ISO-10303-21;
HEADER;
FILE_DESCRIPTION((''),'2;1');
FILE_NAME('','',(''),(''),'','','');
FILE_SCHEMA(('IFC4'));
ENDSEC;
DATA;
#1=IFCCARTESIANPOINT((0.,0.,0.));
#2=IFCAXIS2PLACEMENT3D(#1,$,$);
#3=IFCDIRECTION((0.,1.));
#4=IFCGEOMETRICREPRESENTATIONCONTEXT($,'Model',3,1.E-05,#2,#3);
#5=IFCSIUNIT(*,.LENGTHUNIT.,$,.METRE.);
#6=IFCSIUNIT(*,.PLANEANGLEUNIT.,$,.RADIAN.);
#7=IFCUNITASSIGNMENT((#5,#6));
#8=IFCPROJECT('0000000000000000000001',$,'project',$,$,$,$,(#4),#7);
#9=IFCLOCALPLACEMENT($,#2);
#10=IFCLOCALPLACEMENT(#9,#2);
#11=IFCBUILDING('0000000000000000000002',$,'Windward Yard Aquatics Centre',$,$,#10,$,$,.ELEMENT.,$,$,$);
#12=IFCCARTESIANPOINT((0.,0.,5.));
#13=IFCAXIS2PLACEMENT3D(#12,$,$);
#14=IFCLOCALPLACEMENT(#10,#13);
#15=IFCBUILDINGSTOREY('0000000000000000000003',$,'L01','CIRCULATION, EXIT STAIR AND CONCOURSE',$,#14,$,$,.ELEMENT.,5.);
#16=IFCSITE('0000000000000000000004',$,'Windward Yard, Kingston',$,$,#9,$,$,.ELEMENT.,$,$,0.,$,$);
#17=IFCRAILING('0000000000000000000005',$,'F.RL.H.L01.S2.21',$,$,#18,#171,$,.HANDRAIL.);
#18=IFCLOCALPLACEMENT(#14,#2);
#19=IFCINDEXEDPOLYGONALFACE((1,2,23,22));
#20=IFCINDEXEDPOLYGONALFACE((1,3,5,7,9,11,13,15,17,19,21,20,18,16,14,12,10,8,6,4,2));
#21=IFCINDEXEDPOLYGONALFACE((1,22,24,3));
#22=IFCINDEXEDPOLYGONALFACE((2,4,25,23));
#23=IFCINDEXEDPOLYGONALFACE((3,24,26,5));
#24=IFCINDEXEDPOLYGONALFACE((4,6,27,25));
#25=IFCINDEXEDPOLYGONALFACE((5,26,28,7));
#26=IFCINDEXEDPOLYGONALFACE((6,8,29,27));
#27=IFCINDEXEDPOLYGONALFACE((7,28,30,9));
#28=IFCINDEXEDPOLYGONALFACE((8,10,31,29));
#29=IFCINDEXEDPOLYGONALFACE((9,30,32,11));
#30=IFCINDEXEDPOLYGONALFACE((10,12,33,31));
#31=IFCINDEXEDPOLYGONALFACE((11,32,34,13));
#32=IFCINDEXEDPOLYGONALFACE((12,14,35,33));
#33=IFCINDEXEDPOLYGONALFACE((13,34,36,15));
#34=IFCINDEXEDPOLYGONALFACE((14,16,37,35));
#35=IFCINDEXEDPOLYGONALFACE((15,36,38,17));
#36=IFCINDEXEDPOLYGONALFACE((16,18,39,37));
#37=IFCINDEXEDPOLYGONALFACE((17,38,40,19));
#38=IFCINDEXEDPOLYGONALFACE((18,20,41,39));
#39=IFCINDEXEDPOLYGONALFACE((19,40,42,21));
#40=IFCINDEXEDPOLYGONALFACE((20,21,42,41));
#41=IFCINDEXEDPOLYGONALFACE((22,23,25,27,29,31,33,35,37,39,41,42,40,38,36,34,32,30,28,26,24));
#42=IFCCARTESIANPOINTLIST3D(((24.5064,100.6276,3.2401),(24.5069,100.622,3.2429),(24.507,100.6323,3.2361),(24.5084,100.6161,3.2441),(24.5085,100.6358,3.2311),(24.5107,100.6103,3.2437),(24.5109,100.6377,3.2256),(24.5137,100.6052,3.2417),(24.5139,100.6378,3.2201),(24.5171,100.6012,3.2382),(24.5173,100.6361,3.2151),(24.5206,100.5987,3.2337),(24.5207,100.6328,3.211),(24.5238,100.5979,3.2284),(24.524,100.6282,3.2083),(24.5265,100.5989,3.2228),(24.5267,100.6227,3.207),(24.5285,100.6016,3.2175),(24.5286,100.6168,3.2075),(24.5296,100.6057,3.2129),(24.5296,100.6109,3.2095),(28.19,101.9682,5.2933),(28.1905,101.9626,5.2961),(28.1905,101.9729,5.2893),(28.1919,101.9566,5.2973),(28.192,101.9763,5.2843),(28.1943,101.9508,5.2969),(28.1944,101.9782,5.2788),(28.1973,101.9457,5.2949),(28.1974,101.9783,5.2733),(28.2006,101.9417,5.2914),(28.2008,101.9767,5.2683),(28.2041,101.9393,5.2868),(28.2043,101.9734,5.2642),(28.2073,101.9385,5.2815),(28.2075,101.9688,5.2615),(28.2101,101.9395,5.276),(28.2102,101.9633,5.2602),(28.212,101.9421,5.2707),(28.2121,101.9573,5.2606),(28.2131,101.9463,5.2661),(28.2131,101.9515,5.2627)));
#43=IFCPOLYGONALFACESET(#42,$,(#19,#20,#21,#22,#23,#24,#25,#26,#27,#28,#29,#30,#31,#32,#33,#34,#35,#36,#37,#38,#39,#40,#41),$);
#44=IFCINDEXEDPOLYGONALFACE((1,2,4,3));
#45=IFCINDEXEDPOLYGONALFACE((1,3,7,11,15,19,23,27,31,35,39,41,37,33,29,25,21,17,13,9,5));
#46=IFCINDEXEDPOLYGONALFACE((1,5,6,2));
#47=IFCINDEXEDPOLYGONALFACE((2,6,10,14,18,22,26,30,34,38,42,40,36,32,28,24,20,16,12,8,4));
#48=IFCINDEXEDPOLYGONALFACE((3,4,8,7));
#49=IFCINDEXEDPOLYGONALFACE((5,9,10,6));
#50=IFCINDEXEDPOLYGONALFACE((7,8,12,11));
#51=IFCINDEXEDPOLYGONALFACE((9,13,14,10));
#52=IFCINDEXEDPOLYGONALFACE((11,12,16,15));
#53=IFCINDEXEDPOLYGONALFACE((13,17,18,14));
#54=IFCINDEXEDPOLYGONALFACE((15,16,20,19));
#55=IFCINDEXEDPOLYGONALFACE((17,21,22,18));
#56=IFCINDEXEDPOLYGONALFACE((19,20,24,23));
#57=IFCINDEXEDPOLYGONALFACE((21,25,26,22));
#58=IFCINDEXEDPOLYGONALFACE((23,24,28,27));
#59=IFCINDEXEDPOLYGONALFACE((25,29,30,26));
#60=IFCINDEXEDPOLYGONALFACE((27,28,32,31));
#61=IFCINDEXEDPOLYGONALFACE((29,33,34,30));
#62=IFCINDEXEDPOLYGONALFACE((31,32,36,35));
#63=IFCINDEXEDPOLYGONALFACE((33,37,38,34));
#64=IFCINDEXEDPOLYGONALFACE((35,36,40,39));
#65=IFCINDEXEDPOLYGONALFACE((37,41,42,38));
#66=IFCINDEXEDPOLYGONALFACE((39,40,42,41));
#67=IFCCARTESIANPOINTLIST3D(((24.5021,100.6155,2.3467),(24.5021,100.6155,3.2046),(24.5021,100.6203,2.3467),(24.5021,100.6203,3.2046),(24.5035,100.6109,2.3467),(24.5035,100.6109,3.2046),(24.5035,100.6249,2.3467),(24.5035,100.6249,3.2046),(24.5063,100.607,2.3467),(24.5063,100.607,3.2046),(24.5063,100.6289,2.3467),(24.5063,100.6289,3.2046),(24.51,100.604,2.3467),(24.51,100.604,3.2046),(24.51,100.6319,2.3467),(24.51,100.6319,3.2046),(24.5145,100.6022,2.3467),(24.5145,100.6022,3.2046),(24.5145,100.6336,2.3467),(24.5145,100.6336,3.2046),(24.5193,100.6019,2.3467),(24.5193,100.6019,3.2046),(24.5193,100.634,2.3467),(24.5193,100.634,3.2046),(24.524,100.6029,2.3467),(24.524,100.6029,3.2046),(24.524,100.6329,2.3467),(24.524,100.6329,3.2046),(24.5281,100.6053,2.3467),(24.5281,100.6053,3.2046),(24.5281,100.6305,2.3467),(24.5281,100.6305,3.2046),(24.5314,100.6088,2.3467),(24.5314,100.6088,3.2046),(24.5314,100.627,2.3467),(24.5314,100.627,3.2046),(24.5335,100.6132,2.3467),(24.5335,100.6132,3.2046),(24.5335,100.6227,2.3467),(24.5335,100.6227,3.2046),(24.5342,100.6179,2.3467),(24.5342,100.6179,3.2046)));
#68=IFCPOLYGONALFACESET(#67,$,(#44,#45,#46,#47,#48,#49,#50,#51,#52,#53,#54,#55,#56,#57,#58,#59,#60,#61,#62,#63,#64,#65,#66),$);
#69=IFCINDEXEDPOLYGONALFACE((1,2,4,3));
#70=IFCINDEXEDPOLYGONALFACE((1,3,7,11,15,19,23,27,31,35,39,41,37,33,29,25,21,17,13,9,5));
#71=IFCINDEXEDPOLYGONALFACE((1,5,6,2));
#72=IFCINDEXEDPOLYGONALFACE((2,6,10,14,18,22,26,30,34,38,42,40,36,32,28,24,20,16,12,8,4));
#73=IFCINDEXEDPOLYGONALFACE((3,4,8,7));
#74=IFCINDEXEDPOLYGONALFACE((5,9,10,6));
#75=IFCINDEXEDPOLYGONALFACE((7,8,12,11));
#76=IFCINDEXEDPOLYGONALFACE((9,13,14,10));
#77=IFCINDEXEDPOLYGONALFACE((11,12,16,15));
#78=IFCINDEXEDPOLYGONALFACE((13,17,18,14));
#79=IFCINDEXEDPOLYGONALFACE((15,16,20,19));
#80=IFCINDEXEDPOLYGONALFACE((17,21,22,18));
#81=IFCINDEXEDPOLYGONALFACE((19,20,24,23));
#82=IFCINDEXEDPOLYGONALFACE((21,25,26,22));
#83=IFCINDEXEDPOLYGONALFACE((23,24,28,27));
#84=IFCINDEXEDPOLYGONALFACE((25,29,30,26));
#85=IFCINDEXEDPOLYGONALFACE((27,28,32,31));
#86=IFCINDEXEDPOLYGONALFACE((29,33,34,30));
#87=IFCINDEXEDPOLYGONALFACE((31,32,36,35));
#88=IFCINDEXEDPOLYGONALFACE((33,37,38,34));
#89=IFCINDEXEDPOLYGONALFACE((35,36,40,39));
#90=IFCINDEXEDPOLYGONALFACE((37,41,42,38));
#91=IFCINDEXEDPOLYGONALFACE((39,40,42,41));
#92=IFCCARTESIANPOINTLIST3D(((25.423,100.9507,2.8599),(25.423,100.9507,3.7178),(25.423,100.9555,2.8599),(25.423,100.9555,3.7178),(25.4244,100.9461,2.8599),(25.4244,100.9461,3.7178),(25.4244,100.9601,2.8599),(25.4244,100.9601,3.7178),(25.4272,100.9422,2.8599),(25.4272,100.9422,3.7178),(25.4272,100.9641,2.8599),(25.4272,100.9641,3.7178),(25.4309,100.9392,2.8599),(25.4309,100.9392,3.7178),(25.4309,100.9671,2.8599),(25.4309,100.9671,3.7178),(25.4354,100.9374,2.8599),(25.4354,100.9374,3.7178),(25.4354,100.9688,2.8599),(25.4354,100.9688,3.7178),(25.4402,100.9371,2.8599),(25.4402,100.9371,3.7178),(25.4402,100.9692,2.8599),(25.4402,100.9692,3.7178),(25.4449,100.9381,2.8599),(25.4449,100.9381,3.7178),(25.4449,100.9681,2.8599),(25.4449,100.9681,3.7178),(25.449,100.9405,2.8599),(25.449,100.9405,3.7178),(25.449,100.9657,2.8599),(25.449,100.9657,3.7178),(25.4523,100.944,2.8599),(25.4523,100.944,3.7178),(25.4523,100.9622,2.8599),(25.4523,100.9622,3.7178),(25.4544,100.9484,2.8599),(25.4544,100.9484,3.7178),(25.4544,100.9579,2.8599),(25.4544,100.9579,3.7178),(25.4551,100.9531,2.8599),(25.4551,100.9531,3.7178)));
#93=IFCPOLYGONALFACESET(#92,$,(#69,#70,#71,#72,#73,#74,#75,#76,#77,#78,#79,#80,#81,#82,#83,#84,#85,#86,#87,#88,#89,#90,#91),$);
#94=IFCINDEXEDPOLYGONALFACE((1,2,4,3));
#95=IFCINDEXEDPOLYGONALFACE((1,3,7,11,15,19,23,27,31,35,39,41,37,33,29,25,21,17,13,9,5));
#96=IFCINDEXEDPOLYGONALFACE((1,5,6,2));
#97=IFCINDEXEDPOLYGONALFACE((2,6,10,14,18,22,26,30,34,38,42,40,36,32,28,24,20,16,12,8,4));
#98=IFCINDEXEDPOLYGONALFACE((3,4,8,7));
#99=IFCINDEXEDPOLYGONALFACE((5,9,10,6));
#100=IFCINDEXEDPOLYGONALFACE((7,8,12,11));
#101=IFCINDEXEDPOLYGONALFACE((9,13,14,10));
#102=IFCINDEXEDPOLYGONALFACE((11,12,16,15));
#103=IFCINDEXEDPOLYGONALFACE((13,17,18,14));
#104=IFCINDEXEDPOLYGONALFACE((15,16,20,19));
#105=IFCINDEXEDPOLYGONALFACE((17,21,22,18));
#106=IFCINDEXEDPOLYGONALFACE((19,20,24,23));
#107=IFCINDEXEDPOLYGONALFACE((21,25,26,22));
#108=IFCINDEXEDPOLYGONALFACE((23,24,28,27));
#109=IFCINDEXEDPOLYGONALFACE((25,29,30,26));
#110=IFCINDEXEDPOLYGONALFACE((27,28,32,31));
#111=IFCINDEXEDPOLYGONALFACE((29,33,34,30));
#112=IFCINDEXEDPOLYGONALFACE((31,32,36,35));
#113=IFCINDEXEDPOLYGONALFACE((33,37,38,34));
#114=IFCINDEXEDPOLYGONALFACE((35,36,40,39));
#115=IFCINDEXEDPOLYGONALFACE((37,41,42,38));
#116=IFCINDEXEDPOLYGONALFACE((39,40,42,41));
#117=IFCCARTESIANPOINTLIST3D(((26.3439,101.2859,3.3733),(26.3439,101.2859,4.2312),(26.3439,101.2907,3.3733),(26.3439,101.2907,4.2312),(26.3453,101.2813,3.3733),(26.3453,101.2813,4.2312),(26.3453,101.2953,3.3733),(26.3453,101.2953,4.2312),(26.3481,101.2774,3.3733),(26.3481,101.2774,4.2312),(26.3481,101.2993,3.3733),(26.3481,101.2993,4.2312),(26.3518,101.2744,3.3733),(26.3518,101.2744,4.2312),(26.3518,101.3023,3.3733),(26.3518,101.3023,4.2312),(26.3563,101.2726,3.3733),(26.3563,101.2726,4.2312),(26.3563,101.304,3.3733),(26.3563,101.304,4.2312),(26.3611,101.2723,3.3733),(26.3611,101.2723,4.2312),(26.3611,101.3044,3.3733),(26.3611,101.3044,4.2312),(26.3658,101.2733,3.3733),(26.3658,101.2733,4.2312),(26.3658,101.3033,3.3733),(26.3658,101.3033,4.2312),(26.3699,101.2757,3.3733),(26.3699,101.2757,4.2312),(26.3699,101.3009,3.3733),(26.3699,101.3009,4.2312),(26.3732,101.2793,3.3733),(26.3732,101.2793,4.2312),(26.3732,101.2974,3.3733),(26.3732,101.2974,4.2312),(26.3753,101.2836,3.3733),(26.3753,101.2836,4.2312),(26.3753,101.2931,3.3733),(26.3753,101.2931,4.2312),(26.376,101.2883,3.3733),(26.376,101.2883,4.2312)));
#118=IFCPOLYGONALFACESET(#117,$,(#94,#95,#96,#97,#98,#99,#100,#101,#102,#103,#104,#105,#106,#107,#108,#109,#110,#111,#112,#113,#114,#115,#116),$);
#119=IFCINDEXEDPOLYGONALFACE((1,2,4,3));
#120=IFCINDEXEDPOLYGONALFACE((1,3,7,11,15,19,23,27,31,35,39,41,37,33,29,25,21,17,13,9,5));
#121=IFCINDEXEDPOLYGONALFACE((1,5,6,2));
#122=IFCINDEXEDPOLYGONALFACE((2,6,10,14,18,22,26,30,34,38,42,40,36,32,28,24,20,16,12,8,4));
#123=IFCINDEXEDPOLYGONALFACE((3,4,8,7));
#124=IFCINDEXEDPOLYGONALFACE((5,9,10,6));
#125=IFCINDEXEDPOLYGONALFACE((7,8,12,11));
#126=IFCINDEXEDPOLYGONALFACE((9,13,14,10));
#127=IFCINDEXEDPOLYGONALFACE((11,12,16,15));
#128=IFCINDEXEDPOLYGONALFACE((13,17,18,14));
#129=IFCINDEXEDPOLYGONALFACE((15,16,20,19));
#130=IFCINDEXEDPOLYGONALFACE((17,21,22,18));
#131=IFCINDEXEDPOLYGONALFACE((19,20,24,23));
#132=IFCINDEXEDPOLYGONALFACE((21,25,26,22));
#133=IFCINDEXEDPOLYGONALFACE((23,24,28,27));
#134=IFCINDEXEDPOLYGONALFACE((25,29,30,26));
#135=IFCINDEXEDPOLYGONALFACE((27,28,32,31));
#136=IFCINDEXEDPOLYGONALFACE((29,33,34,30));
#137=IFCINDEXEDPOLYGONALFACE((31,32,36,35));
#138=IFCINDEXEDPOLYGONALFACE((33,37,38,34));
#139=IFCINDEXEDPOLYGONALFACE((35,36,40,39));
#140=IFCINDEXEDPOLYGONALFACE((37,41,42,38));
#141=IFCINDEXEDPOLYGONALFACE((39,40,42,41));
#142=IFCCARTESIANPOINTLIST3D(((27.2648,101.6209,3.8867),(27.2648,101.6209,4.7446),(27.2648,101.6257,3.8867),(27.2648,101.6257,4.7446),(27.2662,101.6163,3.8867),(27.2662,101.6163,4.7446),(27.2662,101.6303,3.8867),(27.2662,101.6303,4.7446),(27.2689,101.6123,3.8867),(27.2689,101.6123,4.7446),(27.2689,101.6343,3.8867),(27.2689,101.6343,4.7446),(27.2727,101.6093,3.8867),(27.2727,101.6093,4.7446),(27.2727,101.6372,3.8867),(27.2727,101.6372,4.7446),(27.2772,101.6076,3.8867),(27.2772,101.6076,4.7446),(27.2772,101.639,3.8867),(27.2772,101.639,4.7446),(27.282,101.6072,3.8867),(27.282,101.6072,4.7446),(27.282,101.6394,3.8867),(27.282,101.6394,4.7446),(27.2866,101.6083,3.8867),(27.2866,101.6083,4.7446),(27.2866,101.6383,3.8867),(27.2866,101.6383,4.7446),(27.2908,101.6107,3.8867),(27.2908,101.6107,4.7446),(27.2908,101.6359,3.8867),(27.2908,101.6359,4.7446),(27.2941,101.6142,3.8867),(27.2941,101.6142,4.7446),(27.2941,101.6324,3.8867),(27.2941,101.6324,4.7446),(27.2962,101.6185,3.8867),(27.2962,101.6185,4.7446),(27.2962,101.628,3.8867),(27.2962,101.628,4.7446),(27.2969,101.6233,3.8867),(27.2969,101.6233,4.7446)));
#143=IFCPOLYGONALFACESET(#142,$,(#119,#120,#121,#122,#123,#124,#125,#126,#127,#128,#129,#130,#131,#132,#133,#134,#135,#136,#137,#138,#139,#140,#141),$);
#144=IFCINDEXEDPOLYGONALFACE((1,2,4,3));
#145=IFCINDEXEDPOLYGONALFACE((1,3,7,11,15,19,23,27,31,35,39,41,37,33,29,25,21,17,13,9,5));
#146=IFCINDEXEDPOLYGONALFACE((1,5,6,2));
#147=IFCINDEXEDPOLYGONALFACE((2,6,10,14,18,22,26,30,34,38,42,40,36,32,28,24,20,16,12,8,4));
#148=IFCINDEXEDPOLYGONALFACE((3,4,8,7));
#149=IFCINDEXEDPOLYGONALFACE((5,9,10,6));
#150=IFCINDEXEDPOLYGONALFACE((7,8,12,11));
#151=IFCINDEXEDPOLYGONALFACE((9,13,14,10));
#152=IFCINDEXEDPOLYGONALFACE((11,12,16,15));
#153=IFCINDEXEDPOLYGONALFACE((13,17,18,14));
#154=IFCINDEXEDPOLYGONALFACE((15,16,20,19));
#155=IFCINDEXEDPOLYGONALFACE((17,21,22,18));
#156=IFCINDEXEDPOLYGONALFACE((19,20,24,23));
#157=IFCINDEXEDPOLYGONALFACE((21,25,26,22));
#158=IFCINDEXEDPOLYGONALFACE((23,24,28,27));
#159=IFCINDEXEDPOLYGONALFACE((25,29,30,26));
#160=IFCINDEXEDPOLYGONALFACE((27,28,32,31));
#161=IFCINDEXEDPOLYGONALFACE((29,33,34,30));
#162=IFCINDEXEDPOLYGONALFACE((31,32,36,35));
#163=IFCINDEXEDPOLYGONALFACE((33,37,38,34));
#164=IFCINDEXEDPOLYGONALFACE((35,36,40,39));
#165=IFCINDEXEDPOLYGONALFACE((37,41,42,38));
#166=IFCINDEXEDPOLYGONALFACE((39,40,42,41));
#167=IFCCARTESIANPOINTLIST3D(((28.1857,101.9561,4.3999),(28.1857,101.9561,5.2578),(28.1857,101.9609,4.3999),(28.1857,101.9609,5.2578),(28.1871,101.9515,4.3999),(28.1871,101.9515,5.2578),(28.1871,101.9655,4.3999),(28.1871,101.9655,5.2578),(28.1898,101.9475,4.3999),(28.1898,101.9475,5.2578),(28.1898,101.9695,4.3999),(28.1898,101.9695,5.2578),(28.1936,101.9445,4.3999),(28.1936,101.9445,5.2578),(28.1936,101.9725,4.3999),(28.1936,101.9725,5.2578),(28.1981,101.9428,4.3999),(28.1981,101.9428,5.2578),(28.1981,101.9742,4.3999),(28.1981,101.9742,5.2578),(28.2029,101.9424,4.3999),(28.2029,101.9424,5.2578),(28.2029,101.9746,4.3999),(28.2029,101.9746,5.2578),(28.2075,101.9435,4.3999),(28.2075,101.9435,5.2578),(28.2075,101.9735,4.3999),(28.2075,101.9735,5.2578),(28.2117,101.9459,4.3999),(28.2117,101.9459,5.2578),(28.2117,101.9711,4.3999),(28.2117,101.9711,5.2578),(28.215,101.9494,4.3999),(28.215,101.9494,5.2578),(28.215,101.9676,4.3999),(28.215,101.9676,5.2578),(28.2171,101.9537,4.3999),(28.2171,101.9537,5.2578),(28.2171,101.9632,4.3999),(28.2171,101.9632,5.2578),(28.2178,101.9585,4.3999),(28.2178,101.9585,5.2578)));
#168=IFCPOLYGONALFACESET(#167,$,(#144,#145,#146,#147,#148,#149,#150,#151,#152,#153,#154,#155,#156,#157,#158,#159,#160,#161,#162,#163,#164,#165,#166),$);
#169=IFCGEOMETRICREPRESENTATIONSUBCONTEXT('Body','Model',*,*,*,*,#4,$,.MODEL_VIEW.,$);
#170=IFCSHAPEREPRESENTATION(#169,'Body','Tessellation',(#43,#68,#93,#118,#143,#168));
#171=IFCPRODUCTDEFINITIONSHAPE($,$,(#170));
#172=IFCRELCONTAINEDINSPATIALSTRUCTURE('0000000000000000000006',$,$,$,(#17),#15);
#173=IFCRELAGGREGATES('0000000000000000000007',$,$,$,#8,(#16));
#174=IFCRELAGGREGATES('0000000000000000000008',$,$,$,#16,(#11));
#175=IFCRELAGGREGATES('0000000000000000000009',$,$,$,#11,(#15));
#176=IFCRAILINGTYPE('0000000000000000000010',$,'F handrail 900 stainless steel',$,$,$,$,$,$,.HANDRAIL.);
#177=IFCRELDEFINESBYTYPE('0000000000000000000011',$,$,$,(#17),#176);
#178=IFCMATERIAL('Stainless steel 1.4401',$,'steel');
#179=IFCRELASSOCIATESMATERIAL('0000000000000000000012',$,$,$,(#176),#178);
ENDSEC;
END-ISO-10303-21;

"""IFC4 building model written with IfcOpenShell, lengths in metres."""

from ifc_helpers import new_model, si_unit, direction, frame, origin, origin_2d, place, context, subcontext, project, spatial, circle, extrude, material, type_object, element, save


model = new_model("IFC4")

# Units and contexts
model_context = context("Model", 3, precision=1e-05, world=origin(), true_north=direction((0.0, 1.0)))
body_context = subcontext(model_context, "Body", "Model", "MODEL_VIEW")
ifc_project = project(units=[si_unit("LENGTHUNIT", "METRE"), si_unit("PLANEANGLEUNIT", "RADIAN")], contexts=[model_context])

# Site, building, storey
site_placement = place(None, origin())
site = spatial("IfcSite", under=ifc_project, at=site_placement, Name="Windward Yard, Kingston", CompositionType="ELEMENT", RefElevation=0.0)
building_placement = place(site_placement, origin())
building = spatial("IfcBuilding", under=site, at=building_placement, Name="Windward Yard Aquatics Centre", CompositionType="ELEMENT")
storey_placement = place(building_placement, frame((0.0, 0.0, 5.0)))
storey = spatial("IfcBuildingStorey", under=building, at=storey_placement, Name="L01", Description="CIRCULATION, EXIT STAIR AND CONCOURSE", CompositionType="ELEMENT", Elevation=5.0)

# Railing
ifc_material_1 = material(Name="Stainless steel 1.4401", Category="steel")
railing_type = type_object("IfcRailingType", Name="F handrail 900 stainless steel", PredefinedType="HANDRAIL", material=ifc_material_1)
for number, where, name in (
    (1, (24.5181, 100.6179, 2.3467), "F.RL.H.L01.S2.21"),
):
    element("IfcRailing", number, at=place(storey_placement, frame(where)), inside=storey, type_object=railing_type, Name=name, PredefinedType="HANDRAIL", context=body_context, shape_type="SweptSolid", body=[
        extrude(circle(Radius=0.021, at=origin_2d()), frame((0.0, 0.0, 0.8789), z_axis=(0.832427, 0.302947, 0.463992), x_axis=(-0.341988, 0.939704, 0.0)), (0.0, 0.0, 1.0), 4.425),
        extrude(circle(Radius=0.0161, at=origin_2d()), origin(), (0.0, 0.0, 1.0), 0.8579),
        extrude(circle(Radius=0.0161, at=origin_2d()), frame((0.9209, 0.3352, 0.5132)), (0.0, 0.0, 1.0), 0.8579),
        extrude(circle(Radius=0.0161, at=origin_2d()), frame((1.8418, 0.6704, 1.0266)), (0.0, 0.0, 1.0), 0.8579),
        extrude(circle(Radius=0.0161, at=origin_2d()), frame((2.7627, 1.0054, 1.54)), (0.0, 0.0, 1.0), 0.8579),
        extrude(circle(Radius=0.0161, at=origin_2d()), frame((3.6836, 1.3406, 2.0532)), (0.0, 0.0, 1.0), 0.8579),
    ])

save(model, "model.ifc")
